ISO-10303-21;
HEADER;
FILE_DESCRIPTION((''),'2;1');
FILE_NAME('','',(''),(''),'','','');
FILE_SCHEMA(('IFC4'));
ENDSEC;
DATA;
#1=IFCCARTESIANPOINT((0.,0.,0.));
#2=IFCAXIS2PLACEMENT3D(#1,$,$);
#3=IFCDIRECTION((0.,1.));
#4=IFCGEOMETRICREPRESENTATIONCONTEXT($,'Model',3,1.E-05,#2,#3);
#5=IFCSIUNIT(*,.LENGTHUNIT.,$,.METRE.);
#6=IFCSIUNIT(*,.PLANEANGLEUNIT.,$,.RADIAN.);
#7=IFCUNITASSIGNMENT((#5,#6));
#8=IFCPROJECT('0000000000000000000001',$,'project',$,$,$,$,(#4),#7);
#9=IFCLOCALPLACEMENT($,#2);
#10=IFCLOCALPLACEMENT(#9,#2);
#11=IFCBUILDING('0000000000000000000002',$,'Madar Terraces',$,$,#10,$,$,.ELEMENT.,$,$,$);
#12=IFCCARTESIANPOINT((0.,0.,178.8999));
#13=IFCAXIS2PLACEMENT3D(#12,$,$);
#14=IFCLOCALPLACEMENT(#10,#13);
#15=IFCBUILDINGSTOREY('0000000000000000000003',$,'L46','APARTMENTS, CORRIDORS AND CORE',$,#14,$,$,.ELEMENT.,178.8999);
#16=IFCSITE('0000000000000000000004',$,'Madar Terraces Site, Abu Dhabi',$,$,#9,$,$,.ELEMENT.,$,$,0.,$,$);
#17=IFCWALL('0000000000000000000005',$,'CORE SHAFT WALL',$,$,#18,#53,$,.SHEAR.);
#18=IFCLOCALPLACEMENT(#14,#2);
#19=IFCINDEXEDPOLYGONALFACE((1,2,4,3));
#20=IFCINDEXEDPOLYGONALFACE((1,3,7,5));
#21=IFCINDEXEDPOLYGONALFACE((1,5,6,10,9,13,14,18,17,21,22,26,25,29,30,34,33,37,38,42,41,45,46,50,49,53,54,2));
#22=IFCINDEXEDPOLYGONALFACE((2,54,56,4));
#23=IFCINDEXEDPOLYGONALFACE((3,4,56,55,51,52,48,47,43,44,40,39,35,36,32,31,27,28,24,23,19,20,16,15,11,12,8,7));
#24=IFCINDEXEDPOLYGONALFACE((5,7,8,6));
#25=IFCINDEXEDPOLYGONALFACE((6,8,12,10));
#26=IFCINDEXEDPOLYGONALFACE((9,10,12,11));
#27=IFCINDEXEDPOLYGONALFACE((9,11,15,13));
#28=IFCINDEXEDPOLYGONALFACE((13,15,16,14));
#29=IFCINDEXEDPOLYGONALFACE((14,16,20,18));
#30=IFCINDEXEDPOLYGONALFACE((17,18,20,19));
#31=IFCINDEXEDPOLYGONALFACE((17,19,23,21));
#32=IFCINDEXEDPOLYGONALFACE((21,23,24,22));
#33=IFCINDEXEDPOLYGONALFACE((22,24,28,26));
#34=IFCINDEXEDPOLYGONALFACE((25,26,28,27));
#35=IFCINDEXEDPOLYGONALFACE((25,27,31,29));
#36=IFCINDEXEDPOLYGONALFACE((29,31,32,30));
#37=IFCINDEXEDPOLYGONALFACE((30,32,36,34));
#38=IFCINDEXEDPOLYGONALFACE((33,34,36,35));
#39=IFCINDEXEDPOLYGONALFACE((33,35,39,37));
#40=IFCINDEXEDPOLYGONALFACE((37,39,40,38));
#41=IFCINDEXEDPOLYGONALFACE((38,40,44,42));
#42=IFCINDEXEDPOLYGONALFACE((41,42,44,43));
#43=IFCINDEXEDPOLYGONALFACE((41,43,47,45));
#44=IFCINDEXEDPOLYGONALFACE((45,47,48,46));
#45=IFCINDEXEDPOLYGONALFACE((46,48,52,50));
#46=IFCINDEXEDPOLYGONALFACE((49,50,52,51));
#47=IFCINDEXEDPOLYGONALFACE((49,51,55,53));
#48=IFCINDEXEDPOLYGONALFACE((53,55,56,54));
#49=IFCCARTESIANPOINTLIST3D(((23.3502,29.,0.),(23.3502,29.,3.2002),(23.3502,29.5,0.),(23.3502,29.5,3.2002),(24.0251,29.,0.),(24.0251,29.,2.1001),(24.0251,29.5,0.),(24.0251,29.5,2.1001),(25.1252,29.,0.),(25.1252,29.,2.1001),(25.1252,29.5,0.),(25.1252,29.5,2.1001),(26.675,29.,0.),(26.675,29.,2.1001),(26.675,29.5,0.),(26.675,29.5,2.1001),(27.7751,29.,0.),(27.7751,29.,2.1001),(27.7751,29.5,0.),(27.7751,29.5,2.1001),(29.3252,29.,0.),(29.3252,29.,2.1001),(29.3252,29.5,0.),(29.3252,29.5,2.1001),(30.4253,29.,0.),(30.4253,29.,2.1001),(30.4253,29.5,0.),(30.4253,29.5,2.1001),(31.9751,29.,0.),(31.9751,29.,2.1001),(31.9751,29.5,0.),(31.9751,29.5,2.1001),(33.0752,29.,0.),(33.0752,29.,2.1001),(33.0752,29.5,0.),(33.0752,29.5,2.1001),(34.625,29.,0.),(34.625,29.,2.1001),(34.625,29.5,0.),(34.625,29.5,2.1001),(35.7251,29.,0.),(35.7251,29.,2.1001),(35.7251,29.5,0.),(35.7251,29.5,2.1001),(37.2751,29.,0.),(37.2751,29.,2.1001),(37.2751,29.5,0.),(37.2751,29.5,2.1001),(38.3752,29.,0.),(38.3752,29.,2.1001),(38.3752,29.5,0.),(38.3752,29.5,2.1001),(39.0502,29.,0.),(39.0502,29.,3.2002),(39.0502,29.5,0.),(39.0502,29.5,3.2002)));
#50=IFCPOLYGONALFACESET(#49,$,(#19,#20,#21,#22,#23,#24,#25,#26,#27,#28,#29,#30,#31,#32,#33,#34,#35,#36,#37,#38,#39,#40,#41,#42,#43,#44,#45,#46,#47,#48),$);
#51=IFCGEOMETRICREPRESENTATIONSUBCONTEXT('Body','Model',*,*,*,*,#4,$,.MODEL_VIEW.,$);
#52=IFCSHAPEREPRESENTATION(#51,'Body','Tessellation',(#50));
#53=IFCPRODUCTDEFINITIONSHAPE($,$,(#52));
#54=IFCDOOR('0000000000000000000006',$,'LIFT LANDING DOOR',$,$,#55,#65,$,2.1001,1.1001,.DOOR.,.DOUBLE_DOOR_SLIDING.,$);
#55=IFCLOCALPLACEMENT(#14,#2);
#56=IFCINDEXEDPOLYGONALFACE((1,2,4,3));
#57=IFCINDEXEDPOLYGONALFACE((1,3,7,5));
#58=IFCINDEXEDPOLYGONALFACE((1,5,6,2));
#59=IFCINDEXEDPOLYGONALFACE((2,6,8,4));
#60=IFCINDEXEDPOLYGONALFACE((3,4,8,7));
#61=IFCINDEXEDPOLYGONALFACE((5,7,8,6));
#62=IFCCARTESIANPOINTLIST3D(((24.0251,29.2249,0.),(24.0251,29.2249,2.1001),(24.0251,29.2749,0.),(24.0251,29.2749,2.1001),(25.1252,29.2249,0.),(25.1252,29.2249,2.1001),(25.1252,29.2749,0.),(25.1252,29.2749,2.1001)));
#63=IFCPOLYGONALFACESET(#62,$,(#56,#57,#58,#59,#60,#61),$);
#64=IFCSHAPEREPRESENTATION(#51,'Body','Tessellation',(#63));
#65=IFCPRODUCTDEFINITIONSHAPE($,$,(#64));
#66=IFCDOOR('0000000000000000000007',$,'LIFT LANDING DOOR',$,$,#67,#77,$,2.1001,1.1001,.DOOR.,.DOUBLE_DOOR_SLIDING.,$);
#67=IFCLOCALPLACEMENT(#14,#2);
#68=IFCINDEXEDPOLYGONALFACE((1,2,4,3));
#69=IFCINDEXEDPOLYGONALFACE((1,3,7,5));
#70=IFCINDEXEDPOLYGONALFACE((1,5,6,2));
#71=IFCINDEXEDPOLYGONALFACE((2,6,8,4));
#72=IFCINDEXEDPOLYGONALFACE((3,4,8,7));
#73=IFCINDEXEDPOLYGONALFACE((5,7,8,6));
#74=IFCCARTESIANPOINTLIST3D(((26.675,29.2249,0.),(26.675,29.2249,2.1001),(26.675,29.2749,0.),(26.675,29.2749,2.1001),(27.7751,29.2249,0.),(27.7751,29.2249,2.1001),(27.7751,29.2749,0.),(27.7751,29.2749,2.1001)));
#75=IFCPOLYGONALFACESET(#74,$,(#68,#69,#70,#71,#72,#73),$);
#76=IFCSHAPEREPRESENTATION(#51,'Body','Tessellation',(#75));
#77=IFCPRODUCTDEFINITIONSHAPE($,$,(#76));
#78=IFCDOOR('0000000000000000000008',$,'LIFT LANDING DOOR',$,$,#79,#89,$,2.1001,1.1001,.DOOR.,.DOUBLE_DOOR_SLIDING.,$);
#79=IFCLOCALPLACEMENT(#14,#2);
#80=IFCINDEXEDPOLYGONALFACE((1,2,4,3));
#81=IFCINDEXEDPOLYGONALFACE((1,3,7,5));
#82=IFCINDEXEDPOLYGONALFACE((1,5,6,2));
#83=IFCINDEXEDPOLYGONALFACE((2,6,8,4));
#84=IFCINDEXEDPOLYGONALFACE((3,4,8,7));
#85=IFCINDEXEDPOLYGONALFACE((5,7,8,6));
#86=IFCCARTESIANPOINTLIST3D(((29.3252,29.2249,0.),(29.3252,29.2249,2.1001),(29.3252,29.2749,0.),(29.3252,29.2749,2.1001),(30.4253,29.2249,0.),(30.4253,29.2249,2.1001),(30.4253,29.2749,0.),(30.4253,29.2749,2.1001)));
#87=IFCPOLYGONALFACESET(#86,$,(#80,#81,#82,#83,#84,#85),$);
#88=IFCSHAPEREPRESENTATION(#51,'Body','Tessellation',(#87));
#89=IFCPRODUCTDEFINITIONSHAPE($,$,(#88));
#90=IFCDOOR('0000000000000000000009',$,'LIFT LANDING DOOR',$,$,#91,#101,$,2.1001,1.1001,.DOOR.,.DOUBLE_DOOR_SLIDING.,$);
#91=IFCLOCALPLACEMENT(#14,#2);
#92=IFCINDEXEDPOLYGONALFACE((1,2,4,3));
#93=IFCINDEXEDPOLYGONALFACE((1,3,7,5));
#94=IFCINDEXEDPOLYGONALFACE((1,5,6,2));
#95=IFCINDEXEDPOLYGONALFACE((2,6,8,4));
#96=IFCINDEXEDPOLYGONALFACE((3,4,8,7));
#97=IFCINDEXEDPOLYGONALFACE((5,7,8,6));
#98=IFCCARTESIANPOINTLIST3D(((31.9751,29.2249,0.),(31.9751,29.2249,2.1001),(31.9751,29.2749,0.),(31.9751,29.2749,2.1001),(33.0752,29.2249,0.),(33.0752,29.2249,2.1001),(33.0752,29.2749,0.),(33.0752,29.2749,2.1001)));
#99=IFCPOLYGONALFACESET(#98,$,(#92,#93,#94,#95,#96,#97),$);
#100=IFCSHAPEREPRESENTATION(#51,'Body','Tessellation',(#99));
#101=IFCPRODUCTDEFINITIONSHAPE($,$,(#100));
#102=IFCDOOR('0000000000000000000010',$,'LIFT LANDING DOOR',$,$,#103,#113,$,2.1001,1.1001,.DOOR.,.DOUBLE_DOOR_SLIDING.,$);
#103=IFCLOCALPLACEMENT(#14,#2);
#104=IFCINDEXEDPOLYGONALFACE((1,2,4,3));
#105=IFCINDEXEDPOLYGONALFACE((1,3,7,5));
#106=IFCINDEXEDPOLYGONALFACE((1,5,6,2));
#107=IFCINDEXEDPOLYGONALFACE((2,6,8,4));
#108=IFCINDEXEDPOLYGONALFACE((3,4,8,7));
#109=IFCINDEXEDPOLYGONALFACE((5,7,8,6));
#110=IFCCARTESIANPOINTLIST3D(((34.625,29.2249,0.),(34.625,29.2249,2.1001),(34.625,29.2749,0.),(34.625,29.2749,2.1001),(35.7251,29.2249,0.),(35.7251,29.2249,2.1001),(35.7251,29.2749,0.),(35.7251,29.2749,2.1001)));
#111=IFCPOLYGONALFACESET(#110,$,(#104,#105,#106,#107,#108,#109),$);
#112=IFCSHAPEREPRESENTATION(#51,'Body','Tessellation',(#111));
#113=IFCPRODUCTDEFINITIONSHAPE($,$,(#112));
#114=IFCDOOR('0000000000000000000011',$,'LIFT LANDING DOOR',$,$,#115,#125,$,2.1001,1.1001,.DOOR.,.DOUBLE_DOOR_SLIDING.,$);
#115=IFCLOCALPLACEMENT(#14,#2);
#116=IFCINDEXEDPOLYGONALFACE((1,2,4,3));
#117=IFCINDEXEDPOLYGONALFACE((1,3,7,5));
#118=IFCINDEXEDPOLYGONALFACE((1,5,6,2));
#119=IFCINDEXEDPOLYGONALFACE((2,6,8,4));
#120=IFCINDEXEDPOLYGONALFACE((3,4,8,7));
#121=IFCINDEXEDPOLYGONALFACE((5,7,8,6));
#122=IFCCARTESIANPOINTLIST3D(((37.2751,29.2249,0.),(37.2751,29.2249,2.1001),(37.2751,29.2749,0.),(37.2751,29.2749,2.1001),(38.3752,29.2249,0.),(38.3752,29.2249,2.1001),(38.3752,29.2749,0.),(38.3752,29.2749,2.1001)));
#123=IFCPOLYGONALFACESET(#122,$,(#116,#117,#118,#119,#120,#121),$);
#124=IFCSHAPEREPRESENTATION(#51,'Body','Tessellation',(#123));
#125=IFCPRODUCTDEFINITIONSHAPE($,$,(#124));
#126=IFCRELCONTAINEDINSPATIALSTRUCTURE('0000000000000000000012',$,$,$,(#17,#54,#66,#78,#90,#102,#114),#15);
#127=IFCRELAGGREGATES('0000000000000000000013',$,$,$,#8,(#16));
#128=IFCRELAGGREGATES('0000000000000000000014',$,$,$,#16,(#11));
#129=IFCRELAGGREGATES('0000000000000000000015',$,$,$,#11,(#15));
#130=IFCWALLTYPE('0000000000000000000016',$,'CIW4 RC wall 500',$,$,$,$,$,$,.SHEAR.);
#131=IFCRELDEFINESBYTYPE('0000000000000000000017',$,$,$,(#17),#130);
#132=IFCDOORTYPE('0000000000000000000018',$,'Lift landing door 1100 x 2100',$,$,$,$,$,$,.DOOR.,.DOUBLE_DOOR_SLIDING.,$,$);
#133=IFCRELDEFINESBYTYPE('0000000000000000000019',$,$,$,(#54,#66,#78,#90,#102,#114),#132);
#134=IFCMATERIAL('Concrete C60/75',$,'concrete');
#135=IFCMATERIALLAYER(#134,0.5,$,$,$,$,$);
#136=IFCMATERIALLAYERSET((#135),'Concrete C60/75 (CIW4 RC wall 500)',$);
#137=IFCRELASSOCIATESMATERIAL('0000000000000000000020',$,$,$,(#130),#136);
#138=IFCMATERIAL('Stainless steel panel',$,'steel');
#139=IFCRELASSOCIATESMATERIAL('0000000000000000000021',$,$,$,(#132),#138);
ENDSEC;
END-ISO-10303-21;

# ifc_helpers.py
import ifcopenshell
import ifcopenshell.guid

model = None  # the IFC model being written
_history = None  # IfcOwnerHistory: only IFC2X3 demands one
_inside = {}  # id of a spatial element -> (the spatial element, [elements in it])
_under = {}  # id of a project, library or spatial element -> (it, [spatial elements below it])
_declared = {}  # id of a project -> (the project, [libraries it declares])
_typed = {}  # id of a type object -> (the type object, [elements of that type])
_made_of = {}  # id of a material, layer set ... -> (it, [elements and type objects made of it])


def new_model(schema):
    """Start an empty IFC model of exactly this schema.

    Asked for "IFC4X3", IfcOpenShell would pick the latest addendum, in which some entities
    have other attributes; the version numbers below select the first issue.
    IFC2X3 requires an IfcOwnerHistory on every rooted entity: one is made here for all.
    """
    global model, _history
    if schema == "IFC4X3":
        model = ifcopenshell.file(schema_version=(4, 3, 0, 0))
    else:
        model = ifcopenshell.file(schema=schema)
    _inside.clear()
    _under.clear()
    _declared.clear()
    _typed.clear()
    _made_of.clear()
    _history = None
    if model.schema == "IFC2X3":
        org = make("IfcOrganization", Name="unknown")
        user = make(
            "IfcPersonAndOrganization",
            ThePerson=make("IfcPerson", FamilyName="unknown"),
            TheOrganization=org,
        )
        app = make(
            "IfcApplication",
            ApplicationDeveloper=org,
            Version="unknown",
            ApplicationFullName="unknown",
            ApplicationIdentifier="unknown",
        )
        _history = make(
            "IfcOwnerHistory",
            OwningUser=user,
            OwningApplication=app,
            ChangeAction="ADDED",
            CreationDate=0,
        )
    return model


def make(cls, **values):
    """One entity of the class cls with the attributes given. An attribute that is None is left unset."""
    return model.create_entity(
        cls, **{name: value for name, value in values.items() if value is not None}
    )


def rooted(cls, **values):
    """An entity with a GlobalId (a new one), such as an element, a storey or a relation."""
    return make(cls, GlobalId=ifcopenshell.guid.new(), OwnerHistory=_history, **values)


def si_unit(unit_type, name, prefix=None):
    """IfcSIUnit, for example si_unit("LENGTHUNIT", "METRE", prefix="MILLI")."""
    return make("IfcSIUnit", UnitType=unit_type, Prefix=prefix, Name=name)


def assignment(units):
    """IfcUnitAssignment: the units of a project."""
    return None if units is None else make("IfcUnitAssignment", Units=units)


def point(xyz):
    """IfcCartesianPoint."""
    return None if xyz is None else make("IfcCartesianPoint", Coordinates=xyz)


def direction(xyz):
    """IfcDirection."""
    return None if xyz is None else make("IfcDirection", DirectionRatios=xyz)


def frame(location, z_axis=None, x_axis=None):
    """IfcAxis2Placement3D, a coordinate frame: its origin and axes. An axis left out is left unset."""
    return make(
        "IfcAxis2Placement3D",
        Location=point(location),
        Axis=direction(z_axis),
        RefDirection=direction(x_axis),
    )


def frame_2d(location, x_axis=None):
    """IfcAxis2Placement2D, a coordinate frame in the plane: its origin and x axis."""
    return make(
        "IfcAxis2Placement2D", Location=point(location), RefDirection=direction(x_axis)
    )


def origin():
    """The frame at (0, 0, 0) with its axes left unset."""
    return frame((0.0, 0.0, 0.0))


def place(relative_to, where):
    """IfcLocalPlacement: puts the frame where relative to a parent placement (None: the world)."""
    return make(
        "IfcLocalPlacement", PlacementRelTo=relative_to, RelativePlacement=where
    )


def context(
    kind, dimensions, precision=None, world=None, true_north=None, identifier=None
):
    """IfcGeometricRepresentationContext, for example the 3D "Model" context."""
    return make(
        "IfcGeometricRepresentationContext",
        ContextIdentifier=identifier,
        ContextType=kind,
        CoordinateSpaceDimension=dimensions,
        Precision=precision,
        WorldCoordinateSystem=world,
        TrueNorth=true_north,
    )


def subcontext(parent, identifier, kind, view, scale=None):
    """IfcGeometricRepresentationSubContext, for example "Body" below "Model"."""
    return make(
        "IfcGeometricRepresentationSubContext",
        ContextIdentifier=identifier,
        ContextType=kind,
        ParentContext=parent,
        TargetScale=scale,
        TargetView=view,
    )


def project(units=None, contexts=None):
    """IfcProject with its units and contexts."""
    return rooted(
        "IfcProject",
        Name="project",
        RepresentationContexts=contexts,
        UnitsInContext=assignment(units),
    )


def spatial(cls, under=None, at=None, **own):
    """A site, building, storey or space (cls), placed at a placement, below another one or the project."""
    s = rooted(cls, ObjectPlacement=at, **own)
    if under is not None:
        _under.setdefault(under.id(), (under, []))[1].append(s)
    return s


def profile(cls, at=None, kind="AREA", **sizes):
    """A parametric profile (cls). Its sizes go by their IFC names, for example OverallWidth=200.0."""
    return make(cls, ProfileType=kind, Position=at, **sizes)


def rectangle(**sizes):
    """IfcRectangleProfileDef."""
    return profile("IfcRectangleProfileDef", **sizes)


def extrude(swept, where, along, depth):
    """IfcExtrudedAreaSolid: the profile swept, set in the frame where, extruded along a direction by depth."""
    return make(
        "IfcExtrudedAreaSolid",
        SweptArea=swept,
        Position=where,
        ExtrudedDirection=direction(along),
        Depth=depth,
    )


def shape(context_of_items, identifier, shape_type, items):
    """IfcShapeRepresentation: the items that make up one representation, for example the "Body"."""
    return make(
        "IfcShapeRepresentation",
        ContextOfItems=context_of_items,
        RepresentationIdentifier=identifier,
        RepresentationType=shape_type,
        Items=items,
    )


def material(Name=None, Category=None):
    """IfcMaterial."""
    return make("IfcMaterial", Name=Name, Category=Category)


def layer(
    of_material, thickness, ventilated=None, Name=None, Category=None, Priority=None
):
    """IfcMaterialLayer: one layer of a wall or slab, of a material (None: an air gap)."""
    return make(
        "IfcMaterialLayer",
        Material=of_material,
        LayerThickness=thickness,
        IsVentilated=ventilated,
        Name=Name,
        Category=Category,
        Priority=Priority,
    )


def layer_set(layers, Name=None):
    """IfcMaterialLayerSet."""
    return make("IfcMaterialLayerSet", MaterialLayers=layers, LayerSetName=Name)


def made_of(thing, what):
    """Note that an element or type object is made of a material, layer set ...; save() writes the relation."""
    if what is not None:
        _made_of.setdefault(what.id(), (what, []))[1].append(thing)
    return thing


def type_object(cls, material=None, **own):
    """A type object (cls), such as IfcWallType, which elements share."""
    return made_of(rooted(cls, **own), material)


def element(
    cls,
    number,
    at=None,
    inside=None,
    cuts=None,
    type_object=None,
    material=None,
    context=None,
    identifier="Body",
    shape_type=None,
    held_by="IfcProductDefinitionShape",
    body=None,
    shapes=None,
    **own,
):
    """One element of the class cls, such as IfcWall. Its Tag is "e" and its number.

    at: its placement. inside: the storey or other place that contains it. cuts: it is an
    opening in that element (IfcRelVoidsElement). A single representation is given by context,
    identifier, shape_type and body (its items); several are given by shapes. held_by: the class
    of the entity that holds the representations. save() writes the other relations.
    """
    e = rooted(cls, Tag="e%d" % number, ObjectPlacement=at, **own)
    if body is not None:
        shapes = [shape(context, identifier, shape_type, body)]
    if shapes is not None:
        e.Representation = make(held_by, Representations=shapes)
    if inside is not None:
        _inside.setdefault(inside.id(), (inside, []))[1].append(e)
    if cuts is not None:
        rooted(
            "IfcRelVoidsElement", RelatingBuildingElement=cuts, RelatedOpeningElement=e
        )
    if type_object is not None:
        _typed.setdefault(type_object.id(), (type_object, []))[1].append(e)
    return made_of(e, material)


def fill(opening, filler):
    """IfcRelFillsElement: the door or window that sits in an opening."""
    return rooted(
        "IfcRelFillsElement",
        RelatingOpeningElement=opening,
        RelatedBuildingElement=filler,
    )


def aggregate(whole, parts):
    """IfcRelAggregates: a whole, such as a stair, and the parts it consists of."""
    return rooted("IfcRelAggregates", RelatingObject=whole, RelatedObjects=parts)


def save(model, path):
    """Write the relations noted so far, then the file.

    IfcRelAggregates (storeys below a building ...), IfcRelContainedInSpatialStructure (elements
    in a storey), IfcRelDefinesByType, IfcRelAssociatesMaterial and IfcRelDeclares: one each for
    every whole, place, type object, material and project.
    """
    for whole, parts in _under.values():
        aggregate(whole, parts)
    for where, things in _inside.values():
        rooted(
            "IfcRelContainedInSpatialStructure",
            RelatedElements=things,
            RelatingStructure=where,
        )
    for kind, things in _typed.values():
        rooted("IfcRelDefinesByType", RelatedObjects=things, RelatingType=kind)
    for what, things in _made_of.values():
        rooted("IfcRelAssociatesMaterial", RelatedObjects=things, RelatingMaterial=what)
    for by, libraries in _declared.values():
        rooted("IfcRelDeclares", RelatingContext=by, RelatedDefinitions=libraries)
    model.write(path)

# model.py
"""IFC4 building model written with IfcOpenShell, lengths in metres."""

from ifc_helpers import new_model, si_unit, direction, frame, frame_2d, origin, place, context, subcontext, project, spatial, rectangle, extrude, material, layer, layer_set, type_object, element, fill, save


model = new_model("IFC4")

# Units and contexts
model_context = context("Model", 3, precision=1e-05, world=origin(), true_north=direction((0.0, 1.0)))
body_context = subcontext(model_context, "Body", "Model", "MODEL_VIEW")
ifc_project = project(units=[si_unit("LENGTHUNIT", "METRE"), si_unit("PLANEANGLEUNIT", "RADIAN")], contexts=[model_context])

# Site, building, storey
site_placement = place(None, origin())
site = spatial("IfcSite", under=ifc_project, at=site_placement, Name="Madar Terraces Site, Abu Dhabi", CompositionType="ELEMENT", RefElevation=0.0)
building_placement = place(site_placement, origin())
building = spatial("IfcBuilding", under=site, at=building_placement, Name="Madar Terraces", CompositionType="ELEMENT")
storey_placement = place(building_placement, frame((0.0, 0.0, 178.8999)))
storey = spatial("IfcBuildingStorey", under=building, at=storey_placement, Name="L46", Description="APARTMENTS, CORRIDORS AND CORE", CompositionType="ELEMENT", Elevation=178.8999)

# Shared definitions
ifc_material_1 = material(Name="Concrete C60/75", Category="concrete")
ifc_layer = layer(ifc_material_1, 0.5)
ifc_layer_set = layer_set([ifc_layer], Name="Concrete C60/75 (CIW4 RC wall 500)")
wall_type = type_object("IfcWallType", Name="CIW4 RC wall 500", PredefinedType="SHEAR", material=ifc_layer_set)

# Wall, openings, doors
wall_1_placement = place(storey_placement, frame((23.3501, 29.25, 0.0), z_axis=(0.0, 0.0, 1.0), x_axis=(1.0, 0.0, 0.0)))
wall_1 = element("IfcWall", 1, at=wall_1_placement, inside=storey, type_object=wall_type, Name="CORE SHAFT WALL", PredefinedType="SHEAR", context=body_context, shape_type="SweptSolid", body=[
    extrude(rectangle(XDim=15.7, YDim=0.5, at=frame_2d((7.8501, 0.0))), origin(), (0.0, 0.0, 1.0), 3.2002),
])
opening_1_placement = place(wall_1_placement, frame((0.675, 0.0, 0.0)))
opening_1 = element("IfcOpeningElement", 2, at=opening_1_placement, cuts=wall_1, PredefinedType="OPENING", context=body_context, shape_type="SweptSolid", body=[
    extrude(rectangle(XDim=1.1001, YDim=2.1001, at=frame_2d((0.55, 1.05))), frame((0.0, 0.26, 0.0), z_axis=(0.0, -1.0, 0.0), x_axis=(1.0, 0.0, 0.0)), (0.0, 0.0, 1.0), 0.52),
])
opening_2_placement = place(wall_1_placement, frame((3.325, 0.0, 0.0)))
opening_2 = element("IfcOpeningElement", 3, at=opening_2_placement, cuts=wall_1, PredefinedType="OPENING", context=body_context, shape_type="SweptSolid", body=[
    extrude(rectangle(XDim=1.1001, YDim=2.1001, at=frame_2d((0.55, 1.05))), frame((0.0, 0.26, 0.0), z_axis=(0.0, -1.0, 0.0), x_axis=(1.0, 0.0, 0.0)), (0.0, 0.0, 1.0), 0.52),
])
opening_3_placement = place(wall_1_placement, frame((5.9751, 0.0, 0.0)))
opening_3 = element("IfcOpeningElement", 4, at=opening_3_placement, cuts=wall_1, PredefinedType="OPENING", context=body_context, shape_type="SweptSolid", body=[
    extrude(rectangle(XDim=1.1001, YDim=2.1001, at=frame_2d((0.55, 1.05))), frame((0.0, 0.26, 0.0), z_axis=(0.0, -1.0, 0.0), x_axis=(1.0, 0.0, 0.0)), (0.0, 0.0, 1.0), 0.52),
])
opening_4_placement = place(wall_1_placement, frame((8.625, 0.0, 0.0)))
opening_4 = element("IfcOpeningElement", 5, at=opening_4_placement, cuts=wall_1, PredefinedType="OPENING", context=body_context, shape_type="SweptSolid", body=[
    extrude(rectangle(XDim=1.1001, YDim=2.1001, at=frame_2d((0.55, 1.05))), frame((0.0, 0.26, 0.0), z_axis=(0.0, -1.0, 0.0), x_axis=(1.0, 0.0, 0.0)), (0.0, 0.0, 1.0), 0.52),
])
opening_5_placement = place(wall_1_placement, frame((11.2749, 0.0, 0.0)))
opening_5 = element("IfcOpeningElement", 6, at=opening_5_placement, cuts=wall_1, PredefinedType="OPENING", context=body_context, shape_type="SweptSolid", body=[
    extrude(rectangle(XDim=1.1001, YDim=2.1001, at=frame_2d((0.55, 1.05))), frame((0.0, 0.26, 0.0), z_axis=(0.0, -1.0, 0.0), x_axis=(1.0, 0.0, 0.0)), (0.0, 0.0, 1.0), 0.52),
])
opening_6_placement = place(wall_1_placement, frame((13.925, 0.0, 0.0)))
opening_6 = element("IfcOpeningElement", 7, at=opening_6_placement, cuts=wall_1, PredefinedType="OPENING", context=body_context, shape_type="SweptSolid", body=[
    extrude(rectangle(XDim=1.1001, YDim=2.1001, at=frame_2d((0.55, 1.05))), frame((0.0, 0.26, 0.0), z_axis=(0.0, -1.0, 0.0), x_axis=(1.0, 0.0, 0.0)), (0.0, 0.0, 1.0), 0.52),
])
ifc_material_2 = material(Name="Stainless steel panel", Category="steel")
door_type_1 = type_object("IfcDoorType", Name="Lift landing door 1100 x 2100", OperationType="DOUBLE_DOOR_SLIDING", PredefinedType="DOOR", material=ifc_material_2)
door_1_placement = place(opening_1_placement, origin())
door_1 = element("IfcDoor", 8, at=door_1_placement, inside=storey, type_object=door_type_1, Name="LIFT LANDING DOOR", OperationType="DOUBLE_DOOR_SLIDING", OverallHeight=2.1001, OverallWidth=1.1001, PredefinedType="DOOR", context=body_context, shape_type="SweptSolid", body=[
    extrude(rectangle(XDim=1.1001, YDim=2.1001, at=frame_2d((0.55, 1.05))), frame((0.0, 0.0249, 0.0), z_axis=(0.0, -1.0, 0.0), x_axis=(1.0, 0.0, 0.0)), (0.0, 0.0, 1.0), 0.05),
])
fill(opening_1, door_1)
door_2_placement = place(opening_2_placement, origin())
door_2 = element("IfcDoor", 9, at=door_2_placement, inside=storey, type_object=door_type_1, Name="LIFT LANDING DOOR", OperationType="DOUBLE_DOOR_SLIDING", OverallHeight=2.1001, OverallWidth=1.1001, PredefinedType="DOOR", context=body_context, shape_type="SweptSolid", body=[
    extrude(rectangle(XDim=1.1001, YDim=2.1001, at=frame_2d((0.55, 1.05))), frame((0.0, 0.0249, 0.0), z_axis=(0.0, -1.0, 0.0), x_axis=(1.0, 0.0, 0.0)), (0.0, 0.0, 1.0), 0.05),
])
fill(opening_2, door_2)
door_3_placement = place(opening_3_placement, origin())
door_3 = element("IfcDoor", 10, at=door_3_placement, inside=storey, type_object=door_type_1, Name="LIFT LANDING DOOR", OperationType="DOUBLE_DOOR_SLIDING", OverallHeight=2.1001, OverallWidth=1.1001, PredefinedType="DOOR", context=body_context, shape_type="SweptSolid", body=[
    extrude(rectangle(XDim=1.1001, YDim=2.1001, at=frame_2d((0.55, 1.05))), frame((0.0, 0.0249, 0.0), z_axis=(0.0, -1.0, 0.0), x_axis=(1.0, 0.0, 0.0)), (0.0, 0.0, 1.0), 0.05),
])
fill(opening_3, door_3)
door_4_placement = place(opening_4_placement, origin())
door_4 = element("IfcDoor", 11, at=door_4_placement, inside=storey, type_object=door_type_1, Name="LIFT LANDING DOOR", OperationType="DOUBLE_DOOR_SLIDING", OverallHeight=2.1001, OverallWidth=1.1001, PredefinedType="DOOR", context=body_context, shape_type="SweptSolid", body=[
    extrude(rectangle(XDim=1.1001, YDim=2.1001, at=frame_2d((0.55, 1.05))), frame((0.0, 0.0249, 0.0), z_axis=(0.0, -1.0, 0.0), x_axis=(1.0, 0.0, 0.0)), (0.0, 0.0, 1.0), 0.05),
])
fill(opening_4, door_4)
door_5_placement = place(opening_5_placement, origin())
door_5 = element("IfcDoor", 12, at=door_5_placement, inside=storey, type_object=door_type_1, Name="LIFT LANDING DOOR", OperationType="DOUBLE_DOOR_SLIDING", OverallHeight=2.1001, OverallWidth=1.1001, PredefinedType="DOOR", context=body_context, shape_type="SweptSolid", body=[
    extrude(rectangle(XDim=1.1001, YDim=2.1001, at=frame_2d((0.55, 1.05))), frame((0.0, 0.0249, 0.0), z_axis=(0.0, -1.0, 0.0), x_axis=(1.0, 0.0, 0.0)), (0.0, 0.0, 1.0), 0.05),
])
fill(opening_5, door_5)
door_6_placement = place(opening_6_placement, origin())
door_6 = element("IfcDoor", 13, at=door_6_placement, inside=storey, type_object=door_type_1, Name="LIFT LANDING DOOR", OperationType="DOUBLE_DOOR_SLIDING", OverallHeight=2.1001, OverallWidth=1.1001, PredefinedType="DOOR", context=body_context, shape_type="SweptSolid", body=[
    extrude(rectangle(XDim=1.1001, YDim=2.1001, at=frame_2d((0.55, 1.05))), frame((0.0, 0.0249, 0.0), z_axis=(0.0, -1.0, 0.0), x_axis=(1.0, 0.0, 0.0)), (0.0, 0.0, 1.0), 0.05),
])
fill(opening_6, door_6)

save(model, "model.ifc")
